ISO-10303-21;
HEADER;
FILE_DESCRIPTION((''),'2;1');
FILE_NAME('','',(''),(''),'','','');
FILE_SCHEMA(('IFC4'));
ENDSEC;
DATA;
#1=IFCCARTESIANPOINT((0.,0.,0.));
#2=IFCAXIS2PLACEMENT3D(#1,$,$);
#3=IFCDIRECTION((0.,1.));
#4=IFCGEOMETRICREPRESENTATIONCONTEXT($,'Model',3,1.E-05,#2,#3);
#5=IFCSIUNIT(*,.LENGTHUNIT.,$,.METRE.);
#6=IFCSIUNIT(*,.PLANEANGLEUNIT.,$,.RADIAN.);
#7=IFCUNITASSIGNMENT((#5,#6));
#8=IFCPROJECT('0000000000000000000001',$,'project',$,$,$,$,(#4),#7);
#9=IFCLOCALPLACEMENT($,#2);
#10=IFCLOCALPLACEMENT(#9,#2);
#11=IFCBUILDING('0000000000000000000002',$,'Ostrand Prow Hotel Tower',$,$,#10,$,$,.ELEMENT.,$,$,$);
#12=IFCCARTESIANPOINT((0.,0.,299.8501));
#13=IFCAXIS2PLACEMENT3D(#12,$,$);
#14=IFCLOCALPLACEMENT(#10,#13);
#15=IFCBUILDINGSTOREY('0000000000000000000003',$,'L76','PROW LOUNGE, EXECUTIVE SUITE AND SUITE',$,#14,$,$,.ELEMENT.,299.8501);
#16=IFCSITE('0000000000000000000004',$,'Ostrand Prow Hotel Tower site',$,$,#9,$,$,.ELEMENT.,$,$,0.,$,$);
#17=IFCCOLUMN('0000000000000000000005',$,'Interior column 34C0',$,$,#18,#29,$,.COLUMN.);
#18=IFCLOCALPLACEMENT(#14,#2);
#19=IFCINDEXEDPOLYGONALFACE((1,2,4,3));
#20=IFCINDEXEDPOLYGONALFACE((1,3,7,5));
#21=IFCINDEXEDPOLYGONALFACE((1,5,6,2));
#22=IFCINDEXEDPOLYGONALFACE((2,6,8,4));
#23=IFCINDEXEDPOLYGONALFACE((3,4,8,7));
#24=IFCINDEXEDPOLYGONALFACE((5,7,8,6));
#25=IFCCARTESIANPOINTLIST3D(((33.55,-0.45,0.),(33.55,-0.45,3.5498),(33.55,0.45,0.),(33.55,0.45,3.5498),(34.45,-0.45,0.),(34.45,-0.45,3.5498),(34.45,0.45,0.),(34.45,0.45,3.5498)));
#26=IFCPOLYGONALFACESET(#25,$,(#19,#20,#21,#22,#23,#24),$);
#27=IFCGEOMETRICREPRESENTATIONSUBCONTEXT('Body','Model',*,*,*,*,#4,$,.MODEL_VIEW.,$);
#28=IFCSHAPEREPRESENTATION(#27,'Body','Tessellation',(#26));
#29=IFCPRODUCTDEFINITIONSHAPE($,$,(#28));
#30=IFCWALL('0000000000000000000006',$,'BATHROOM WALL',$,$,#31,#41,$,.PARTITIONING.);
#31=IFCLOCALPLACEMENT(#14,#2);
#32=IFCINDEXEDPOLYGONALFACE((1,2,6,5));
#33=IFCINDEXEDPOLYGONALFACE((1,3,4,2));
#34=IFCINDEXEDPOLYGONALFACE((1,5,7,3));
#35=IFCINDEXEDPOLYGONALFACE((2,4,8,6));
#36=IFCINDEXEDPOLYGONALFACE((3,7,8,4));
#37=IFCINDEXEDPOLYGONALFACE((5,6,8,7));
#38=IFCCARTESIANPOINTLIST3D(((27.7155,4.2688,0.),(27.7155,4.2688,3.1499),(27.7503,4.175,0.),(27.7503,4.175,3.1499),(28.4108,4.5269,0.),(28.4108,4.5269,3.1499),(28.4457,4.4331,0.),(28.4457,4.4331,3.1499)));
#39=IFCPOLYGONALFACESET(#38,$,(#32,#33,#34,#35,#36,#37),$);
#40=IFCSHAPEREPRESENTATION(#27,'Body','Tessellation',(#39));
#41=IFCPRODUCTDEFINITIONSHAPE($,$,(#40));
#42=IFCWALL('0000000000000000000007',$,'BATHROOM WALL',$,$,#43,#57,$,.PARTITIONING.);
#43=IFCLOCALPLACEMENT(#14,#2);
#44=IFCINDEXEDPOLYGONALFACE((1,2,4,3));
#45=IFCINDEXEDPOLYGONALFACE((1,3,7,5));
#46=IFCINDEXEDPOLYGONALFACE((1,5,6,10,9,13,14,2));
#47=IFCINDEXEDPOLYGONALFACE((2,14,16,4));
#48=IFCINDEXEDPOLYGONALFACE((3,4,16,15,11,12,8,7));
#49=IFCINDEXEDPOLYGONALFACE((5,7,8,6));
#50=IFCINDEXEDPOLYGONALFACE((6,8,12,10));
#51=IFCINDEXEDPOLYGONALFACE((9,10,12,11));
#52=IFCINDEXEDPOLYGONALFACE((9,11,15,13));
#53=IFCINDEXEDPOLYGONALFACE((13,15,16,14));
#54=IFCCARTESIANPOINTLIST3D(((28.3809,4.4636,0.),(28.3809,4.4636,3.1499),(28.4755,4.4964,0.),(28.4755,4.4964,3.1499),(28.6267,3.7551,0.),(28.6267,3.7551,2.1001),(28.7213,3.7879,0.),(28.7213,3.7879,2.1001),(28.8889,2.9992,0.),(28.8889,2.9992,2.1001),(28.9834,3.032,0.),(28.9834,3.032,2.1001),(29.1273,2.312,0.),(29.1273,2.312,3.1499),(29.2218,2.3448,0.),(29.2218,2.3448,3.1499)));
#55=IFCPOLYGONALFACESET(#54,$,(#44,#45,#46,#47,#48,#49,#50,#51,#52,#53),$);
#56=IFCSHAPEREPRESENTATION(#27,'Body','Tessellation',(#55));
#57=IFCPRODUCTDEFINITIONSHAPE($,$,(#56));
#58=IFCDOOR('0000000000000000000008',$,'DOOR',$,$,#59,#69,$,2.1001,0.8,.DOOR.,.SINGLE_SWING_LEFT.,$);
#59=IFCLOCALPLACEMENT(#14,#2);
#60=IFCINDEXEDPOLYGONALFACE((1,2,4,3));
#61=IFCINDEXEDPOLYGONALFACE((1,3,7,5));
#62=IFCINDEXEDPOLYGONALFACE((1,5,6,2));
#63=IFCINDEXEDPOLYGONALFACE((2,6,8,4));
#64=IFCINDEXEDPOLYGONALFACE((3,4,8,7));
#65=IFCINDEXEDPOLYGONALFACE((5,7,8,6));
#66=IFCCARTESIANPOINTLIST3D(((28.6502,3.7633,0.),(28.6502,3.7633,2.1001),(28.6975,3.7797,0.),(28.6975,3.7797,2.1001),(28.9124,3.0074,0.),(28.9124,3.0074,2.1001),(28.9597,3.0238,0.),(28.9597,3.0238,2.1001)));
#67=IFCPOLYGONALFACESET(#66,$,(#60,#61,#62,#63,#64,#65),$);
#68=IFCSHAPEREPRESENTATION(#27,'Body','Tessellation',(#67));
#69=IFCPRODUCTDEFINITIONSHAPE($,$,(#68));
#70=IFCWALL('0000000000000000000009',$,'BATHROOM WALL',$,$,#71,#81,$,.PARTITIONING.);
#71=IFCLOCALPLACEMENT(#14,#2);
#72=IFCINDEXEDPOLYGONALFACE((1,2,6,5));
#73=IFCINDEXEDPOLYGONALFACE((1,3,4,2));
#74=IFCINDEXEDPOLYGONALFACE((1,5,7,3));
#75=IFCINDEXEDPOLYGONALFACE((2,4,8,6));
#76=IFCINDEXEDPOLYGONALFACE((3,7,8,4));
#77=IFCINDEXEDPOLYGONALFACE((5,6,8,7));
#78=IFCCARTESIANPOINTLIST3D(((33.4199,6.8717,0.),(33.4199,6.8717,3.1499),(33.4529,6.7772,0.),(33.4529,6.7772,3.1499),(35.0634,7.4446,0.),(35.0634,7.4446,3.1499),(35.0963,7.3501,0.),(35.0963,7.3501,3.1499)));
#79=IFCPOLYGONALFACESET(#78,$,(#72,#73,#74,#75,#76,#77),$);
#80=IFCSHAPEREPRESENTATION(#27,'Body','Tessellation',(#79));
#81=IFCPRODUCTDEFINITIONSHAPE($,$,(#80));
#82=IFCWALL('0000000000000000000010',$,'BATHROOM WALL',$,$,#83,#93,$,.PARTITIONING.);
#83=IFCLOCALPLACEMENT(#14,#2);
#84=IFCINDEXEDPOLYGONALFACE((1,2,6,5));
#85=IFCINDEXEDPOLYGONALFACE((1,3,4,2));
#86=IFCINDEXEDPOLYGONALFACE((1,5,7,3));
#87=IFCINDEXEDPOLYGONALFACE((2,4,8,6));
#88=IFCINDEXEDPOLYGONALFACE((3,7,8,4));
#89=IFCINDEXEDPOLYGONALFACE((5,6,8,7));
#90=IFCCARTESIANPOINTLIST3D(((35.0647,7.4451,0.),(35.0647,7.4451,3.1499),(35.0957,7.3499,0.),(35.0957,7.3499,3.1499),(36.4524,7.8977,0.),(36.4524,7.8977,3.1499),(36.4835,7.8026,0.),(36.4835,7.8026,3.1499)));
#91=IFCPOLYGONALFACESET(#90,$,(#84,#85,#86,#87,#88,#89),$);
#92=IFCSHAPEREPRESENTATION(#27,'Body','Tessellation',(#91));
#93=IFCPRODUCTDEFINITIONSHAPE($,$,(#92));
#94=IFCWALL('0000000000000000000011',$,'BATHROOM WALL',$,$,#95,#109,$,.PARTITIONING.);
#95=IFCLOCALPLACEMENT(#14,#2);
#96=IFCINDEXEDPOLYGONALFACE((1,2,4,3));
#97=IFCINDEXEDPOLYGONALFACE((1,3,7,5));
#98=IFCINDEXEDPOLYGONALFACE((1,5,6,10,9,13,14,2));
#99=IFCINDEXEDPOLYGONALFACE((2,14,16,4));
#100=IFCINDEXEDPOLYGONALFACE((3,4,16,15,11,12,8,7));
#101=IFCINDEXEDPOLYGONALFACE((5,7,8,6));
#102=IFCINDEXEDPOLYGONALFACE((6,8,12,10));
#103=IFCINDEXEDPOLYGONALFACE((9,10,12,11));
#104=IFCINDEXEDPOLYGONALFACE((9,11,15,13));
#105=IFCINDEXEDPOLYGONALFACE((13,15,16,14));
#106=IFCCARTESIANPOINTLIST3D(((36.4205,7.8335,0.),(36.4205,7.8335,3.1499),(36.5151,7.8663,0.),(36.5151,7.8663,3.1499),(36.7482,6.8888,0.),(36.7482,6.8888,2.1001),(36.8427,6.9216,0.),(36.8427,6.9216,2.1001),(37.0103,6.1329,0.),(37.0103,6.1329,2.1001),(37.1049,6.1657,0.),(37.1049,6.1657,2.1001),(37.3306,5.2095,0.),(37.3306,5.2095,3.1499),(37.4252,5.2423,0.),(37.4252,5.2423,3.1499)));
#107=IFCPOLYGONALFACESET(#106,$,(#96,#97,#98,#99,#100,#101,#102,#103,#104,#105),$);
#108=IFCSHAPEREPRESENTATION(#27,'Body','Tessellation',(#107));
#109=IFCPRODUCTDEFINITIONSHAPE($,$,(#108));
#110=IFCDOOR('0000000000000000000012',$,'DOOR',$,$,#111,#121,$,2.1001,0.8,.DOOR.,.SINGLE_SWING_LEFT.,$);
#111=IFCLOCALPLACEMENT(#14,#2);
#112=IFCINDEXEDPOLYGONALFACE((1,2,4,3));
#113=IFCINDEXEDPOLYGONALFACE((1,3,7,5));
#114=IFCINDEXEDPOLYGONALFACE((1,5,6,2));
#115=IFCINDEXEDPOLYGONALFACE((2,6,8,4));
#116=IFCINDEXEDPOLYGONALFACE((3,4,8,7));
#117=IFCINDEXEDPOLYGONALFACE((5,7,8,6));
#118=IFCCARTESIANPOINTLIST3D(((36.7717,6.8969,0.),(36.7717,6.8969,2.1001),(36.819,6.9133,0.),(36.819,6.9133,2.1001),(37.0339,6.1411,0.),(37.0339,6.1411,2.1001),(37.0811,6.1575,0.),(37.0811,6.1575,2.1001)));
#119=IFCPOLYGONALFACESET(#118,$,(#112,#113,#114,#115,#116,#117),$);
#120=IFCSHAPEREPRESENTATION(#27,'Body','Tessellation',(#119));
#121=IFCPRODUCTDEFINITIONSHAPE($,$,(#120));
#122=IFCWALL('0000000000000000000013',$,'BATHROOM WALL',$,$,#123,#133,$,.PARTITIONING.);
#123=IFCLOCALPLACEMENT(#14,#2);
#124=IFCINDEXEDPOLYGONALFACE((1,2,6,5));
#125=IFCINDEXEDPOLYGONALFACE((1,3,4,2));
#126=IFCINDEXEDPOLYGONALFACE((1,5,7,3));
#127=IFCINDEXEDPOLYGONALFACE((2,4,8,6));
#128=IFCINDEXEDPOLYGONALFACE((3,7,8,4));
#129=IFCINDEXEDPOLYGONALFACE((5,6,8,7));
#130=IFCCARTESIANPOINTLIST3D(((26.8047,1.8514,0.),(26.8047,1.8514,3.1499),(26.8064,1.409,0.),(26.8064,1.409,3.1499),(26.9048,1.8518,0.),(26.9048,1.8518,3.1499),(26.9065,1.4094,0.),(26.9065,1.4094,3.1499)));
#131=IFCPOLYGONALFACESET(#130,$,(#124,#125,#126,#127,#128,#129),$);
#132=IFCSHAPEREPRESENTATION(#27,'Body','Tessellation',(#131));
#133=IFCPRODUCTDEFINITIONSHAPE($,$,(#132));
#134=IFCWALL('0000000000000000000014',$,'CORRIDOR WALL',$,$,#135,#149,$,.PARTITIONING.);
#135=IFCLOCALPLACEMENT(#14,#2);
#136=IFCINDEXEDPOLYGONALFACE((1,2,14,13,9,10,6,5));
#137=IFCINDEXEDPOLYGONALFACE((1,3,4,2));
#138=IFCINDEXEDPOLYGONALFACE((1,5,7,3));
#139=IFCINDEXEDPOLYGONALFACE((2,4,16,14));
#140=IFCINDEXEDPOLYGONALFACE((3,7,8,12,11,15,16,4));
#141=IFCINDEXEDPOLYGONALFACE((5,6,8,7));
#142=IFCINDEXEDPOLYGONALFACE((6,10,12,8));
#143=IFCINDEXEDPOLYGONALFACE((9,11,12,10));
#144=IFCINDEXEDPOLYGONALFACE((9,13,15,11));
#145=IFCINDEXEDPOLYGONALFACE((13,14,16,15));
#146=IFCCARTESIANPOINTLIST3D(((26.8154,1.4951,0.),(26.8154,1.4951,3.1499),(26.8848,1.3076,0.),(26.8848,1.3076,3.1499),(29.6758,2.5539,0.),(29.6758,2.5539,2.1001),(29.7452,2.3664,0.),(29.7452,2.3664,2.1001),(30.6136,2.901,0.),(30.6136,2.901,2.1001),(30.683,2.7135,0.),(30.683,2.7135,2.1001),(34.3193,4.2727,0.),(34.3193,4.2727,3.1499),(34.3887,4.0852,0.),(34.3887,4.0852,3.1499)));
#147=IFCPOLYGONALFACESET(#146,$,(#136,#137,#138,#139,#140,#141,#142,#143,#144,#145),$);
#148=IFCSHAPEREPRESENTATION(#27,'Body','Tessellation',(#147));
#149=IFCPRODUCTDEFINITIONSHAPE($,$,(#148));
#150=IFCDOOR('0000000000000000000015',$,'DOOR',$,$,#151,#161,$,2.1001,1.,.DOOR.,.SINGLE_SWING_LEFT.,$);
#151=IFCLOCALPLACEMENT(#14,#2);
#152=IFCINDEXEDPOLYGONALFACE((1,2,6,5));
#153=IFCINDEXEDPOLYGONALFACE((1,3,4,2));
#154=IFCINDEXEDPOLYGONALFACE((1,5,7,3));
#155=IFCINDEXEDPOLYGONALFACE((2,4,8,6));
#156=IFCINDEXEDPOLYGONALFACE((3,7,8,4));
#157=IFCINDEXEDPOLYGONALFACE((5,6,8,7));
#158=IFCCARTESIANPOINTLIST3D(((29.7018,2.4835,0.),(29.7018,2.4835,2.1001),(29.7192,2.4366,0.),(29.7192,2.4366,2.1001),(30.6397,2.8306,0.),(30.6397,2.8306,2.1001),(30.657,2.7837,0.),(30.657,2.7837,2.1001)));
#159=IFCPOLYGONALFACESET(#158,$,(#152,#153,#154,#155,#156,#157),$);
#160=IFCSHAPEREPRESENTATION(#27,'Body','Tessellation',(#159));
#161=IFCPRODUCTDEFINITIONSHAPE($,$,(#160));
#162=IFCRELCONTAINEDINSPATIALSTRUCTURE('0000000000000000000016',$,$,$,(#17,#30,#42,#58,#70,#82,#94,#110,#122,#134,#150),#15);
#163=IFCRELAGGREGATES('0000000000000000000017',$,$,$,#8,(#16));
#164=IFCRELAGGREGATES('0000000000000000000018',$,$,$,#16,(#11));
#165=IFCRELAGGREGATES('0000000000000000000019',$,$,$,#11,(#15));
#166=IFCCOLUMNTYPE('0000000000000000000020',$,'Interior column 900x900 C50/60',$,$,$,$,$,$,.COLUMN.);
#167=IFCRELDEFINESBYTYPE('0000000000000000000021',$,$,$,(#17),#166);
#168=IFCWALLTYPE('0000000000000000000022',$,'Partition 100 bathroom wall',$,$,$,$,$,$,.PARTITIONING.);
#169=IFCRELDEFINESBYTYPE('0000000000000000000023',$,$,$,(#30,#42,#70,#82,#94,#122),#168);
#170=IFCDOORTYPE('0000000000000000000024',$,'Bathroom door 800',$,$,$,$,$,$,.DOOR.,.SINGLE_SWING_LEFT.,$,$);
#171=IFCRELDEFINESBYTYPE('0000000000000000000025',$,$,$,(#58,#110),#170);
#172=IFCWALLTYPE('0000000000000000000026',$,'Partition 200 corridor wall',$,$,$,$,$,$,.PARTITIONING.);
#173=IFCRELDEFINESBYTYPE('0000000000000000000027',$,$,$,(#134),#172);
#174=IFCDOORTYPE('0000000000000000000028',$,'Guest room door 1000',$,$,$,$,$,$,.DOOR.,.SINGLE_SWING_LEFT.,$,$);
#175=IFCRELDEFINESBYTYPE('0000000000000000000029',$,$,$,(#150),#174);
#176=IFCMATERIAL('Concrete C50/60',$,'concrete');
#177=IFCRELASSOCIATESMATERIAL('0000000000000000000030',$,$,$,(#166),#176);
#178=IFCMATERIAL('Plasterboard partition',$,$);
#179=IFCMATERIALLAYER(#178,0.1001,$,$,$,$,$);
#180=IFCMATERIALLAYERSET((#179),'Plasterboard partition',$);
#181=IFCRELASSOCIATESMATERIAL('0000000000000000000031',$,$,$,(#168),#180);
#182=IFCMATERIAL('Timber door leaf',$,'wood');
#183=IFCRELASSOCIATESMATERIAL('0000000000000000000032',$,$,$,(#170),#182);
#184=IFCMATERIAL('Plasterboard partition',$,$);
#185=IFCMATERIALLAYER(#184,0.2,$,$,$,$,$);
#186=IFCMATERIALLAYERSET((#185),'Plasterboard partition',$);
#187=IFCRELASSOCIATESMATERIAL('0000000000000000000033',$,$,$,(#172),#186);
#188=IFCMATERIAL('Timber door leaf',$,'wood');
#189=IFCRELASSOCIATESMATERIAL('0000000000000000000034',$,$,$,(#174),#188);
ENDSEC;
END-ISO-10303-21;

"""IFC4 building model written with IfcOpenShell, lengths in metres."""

from ifc_helpers import new_model, si_unit, direction, frame, frame_2d, origin, origin_2d, place, context, subcontext, project, spatial, rectangle, extrude, material, layer, layer_set, material_profile, profile_set, type_object, element, fill, save


model = new_model("IFC4")

# Units and contexts
model_context = context("Model", 3, precision=1e-05, world=origin(), true_north=direction((0.0, 1.0)))
body_context = subcontext(model_context, "Body", "Model", "MODEL_VIEW")
ifc_project = project(units=[si_unit("LENGTHUNIT", "METRE"), si_unit("PLANEANGLEUNIT", "RADIAN")], contexts=[model_context])

# Site, building, storey
site_placement = place(None, origin())
site = spatial("IfcSite", under=ifc_project, at=site_placement, Name="Ostrand Prow Hotel Tower site", CompositionType="ELEMENT", RefElevation=0.0)
building_placement = place(site_placement, origin())
building = spatial("IfcBuilding", under=site, at=building_placement, Name="Ostrand Prow Hotel Tower", CompositionType="ELEMENT")
storey_placement = place(building_placement, frame((0.0, 0.0, 299.8501)))
storey = spatial("IfcBuildingStorey", under=building, at=storey_placement, Name="L76", Description="PROW LOUNGE, EXECUTIVE SUITE AND SUITE", CompositionType="ELEMENT", Elevation=299.8501)

# Column
ifc_material_1 = material(Name="Concrete C50/60", Category="concrete")
ifc_material_profile = material_profile(ifc_material_1, rectangle(XDim=0.8999, YDim=0.8999, at=origin_2d()), Name="RC 900x900")
ifc_profile_set = profile_set([ifc_material_profile], Name="Concrete C50/60")
column_type = type_object("IfcColumnType", Name="Interior column 900x900 C50/60", PredefinedType="COLUMN", material=ifc_profile_set)
column_placement = place(storey_placement, frame((34.0, 0.0, 0.0), z_axis=(0.0, 0.0, 1.0), x_axis=(1.0, 0.0, 0.0)))
element("IfcColumn", 1, at=column_placement, inside=storey, type_object=column_type, Name="Interior column 34C0", PredefinedType="COLUMN", context=body_context, shape_type="SweptSolid", body=[
    extrude(rectangle(XDim=0.8999, YDim=0.8999, at=origin_2d()), origin(), (0.0, 0.0, 1.0), 3.5498),
])

# Wall
ifc_material_2 = material(Name="Plasterboard partition")
ifc_layer_1 = layer(ifc_material_2, 0.1001)
ifc_layer_set_1 = layer_set([ifc_layer_1], Name="Plasterboard partition")
wall_type_1 = type_object("IfcWallType", Name="Partition 100 bathroom wall", PredefinedType="PARTITIONING", material=ifc_layer_set_1)
wall_1_placement = place(storey_placement, frame((27.7329, 4.2219, 0.0), z_axis=(0.0, 0.0, 1.0), x_axis=(0.937514, 0.347947, 0.0)))
element("IfcWall", 2, at=wall_1_placement, inside=storey, type_object=wall_type_1, Name="BATHROOM WALL", PredefinedType="PARTITIONING", context=body_context, shape_type="SweptSolid", body=[
    extrude(rectangle(XDim=0.7417, YDim=0.1001, at=frame_2d((0.3708, 0.0))), origin(), (0.0, 0.0, 1.0), 3.1499),
])

# Wall, opening, door
wall_2_placement = place(storey_placement, frame((28.4282, 4.48, 0.0), z_axis=(0.0, 0.0, 1.0), x_axis=(0.327718, -0.944776, 0.0)))
wall_2 = element("IfcWall", 3, at=wall_2_placement, inside=storey, type_object=wall_type_1, Name="BATHROOM WALL", PredefinedType="PARTITIONING", context=body_context, shape_type="SweptSolid", body=[
    extrude(rectangle(XDim=2.2773, YDim=0.1001, at=frame_2d((1.1387, 0.0))), origin(), (0.0, 0.0, 1.0), 3.1499),
])
opening_1_placement = place(wall_2_placement, frame((0.75, 0.0, 0.0)))
opening_1 = element("IfcOpeningElement", 4, at=opening_1_placement, cuts=wall_2, PredefinedType="OPENING", context=body_context, shape_type="SweptSolid", body=[
    extrude(rectangle(XDim=0.8, YDim=2.1001, at=frame_2d((0.3999, 1.05))), frame((0.0, 0.0601, 0.0), z_axis=(0.0, -1.0, 0.0), x_axis=(1.0, 0.0, 0.0)), (0.0, 0.0, 1.0), 0.1201),
])
ifc_material_3 = material(Name="Timber door leaf", Category="wood")
door_type_1 = type_object("IfcDoorType", Name="Bathroom door 800", OperationType="SINGLE_SWING_LEFT", PredefinedType="DOOR", material=ifc_material_3)
door_1_placement = place(opening_1_placement, origin())
door_1 = element("IfcDoor", 5, at=door_1_placement, inside=storey, type_object=door_type_1, Name="DOOR", OperationType="SINGLE_SWING_LEFT", OverallHeight=2.1001, OverallWidth=0.8, PredefinedType="DOOR", context=body_context, shape_type="SweptSolid", body=[
    extrude(rectangle(XDim=0.8, YDim=2.1001, at=frame_2d((0.3999, 1.05))), frame((0.0, 0.0249, 0.0), z_axis=(0.0, -1.0, 0.0), x_axis=(1.0, 0.0, 0.0)), (0.0, 0.0, 1.0), 0.05),
])
fill(opening_1, door_1)

# Walls
wall_3_placement = place(storey_placement, frame((33.4365, 6.8245, 0.0), z_axis=(0.0, 0.0, 1.0), x_axis=(0.94426, 0.329201, 0.0)))
element("IfcWall", 6, at=wall_3_placement, inside=storey, type_object=wall_type_1, Name="BATHROOM WALL", PredefinedType="PARTITIONING", context=body_context, shape_type="SweptSolid", body=[
    extrude(rectangle(XDim=1.7405, YDim=0.1001, at=frame_2d((0.8701, 0.0))), origin(), (0.0, 0.0, 1.0), 3.1499),
])
wall_4_placement = place(storey_placement, frame((35.0801, 7.3975, 0.0), z_axis=(0.0, 0.0, 1.0), x_axis=(0.950704, 0.310099, 0.0)))
element("IfcWall", 7, at=wall_4_placement, inside=storey, type_object=wall_type_1, Name="BATHROOM WALL", PredefinedType="PARTITIONING", context=body_context, shape_type="SweptSolid", body=[
    extrude(rectangle(XDim=1.4597, YDim=0.1001, at=frame_2d((0.73, 0.0))), origin(), (0.0, 0.0, 1.0), 3.1499),
])

# Wall, opening, door
wall_5_placement = place(storey_placement, frame((36.4678, 7.8499, 0.0), z_axis=(0.0, 0.0, 1.0), x_axis=(0.327702, -0.944781, 0.0)))
wall_5 = element("IfcWall", 8, at=wall_5_placement, inside=storey, type_object=wall_type_1, Name="BATHROOM WALL", PredefinedType="PARTITIONING", context=body_context, shape_type="SweptSolid", body=[
    extrude(rectangle(XDim=2.7773, YDim=0.1001, at=frame_2d((1.3887, 0.0))), origin(), (0.0, 0.0, 1.0), 3.1499),
])
opening_2_placement = place(wall_5_placement, frame((1.0, 0.0, 0.0)))
opening_2 = element("IfcOpeningElement", 9, at=opening_2_placement, cuts=wall_5, PredefinedType="OPENING", context=body_context, shape_type="SweptSolid", body=[
    extrude(rectangle(XDim=0.8, YDim=2.1001, at=frame_2d((0.3999, 1.05))), frame((0.0, 0.0601, 0.0), z_axis=(0.0, -1.0, 0.0), x_axis=(1.0, 0.0, 0.0)), (0.0, 0.0, 1.0), 0.1201),
])
door_2_placement = place(opening_2_placement, origin())
door_2 = element("IfcDoor", 10, at=door_2_placement, inside=storey, type_object=door_type_1, Name="DOOR", OperationType="SINGLE_SWING_LEFT", OverallHeight=2.1001, OverallWidth=0.8, PredefinedType="DOOR", context=body_context, shape_type="SweptSolid", body=[
    extrude(rectangle(XDim=0.8, YDim=2.1001, at=frame_2d((0.3999, 1.05))), frame((0.0, 0.0249, 0.0), z_axis=(0.0, -1.0, 0.0), x_axis=(1.0, 0.0, 0.0)), (0.0, 0.0, 1.0), 0.05),
])
fill(opening_2, door_2)

# Wall
wall_6_placement = place(storey_placement, frame((26.8564, 1.4092, 0.0), z_axis=(0.0, 0.0, 1.0), x_axis=(-0.003863, 0.999993, 0.0)))
element("IfcWall", 11, at=wall_6_placement, inside=storey, type_object=wall_type_1, Name="BATHROOM WALL", PredefinedType="PARTITIONING", context=body_context, shape_type="SweptSolid", body=[
    extrude(rectangle(XDim=0.4424, YDim=0.1001, at=frame_2d((0.2212, 0.0))), origin(), (0.0, 0.0, 1.0), 3.1499),
])

# Wall, opening, door
ifc_material_4 = material(Name="Plasterboard partition")
ifc_layer_2 = layer(ifc_material_4, 0.2)
ifc_layer_set_2 = layer_set([ifc_layer_2], Name="Plasterboard partition")
wall_type_2 = type_object("IfcWallType", Name="Partition 200 corridor wall", PredefinedType="PARTITIONING", material=ifc_layer_set_2)
wall_7_placement = place(storey_placement, frame((26.8501, 1.4014, 0.0), z_axis=(0.0, 0.0, 1.0), x_axis=(0.937815, 0.347134, 0.0)))
wall_7 = element("IfcWall", 12, at=wall_7_placement, inside=storey, type_object=wall_type_2, Name="CORRIDOR WALL", PredefinedType="PARTITIONING", context=body_context, shape_type="SweptSolid", body=[
    extrude(rectangle(XDim=8.0015, YDim=0.2, at=frame_2d((4.0007, 0.0))), origin(), (0.0, 0.0, 1.0), 3.1499),
])
opening_3_placement = place(wall_7_placement, frame((3.05, 0.0, 0.0)))
opening_3 = element("IfcOpeningElement", 13, at=opening_3_placement, cuts=wall_7, PredefinedType="OPENING", context=body_context, shape_type="SweptSolid", body=[
    extrude(rectangle(XDim=1.0, YDim=2.1001, at=frame_2d((0.5, 1.05))), frame((0.0, 0.1099, 0.0), z_axis=(0.0, -1.0, 0.0), x_axis=(1.0, 0.0, 0.0)), (0.0, 0.0, 1.0), 0.22),
])
ifc_material_5 = material(Name="Timber door leaf", Category="wood")
door_type_2 = type_object("IfcDoorType", Name="Guest room door 1000", OperationType="SINGLE_SWING_LEFT", PredefinedType="DOOR", material=ifc_material_5)
door_3_placement = place(opening_3_placement, origin())
door_3 = element("IfcDoor", 14, at=door_3_placement, inside=storey, type_object=door_type_2, Name="DOOR", OperationType="SINGLE_SWING_LEFT", OverallHeight=2.1001, OverallWidth=1.0, PredefinedType="DOOR", context=body_context, shape_type="SweptSolid", body=[
    extrude(rectangle(XDim=1.0, YDim=2.1001, at=frame_2d((0.5, 1.05))), frame((0.0, 0.0249, 0.0), z_axis=(0.0, -1.0, 0.0), x_axis=(1.0, 0.0, 0.0)), (0.0, 0.0, 1.0), 0.05),
])
fill(opening_3, door_3)

save(model, "model.ifc")
